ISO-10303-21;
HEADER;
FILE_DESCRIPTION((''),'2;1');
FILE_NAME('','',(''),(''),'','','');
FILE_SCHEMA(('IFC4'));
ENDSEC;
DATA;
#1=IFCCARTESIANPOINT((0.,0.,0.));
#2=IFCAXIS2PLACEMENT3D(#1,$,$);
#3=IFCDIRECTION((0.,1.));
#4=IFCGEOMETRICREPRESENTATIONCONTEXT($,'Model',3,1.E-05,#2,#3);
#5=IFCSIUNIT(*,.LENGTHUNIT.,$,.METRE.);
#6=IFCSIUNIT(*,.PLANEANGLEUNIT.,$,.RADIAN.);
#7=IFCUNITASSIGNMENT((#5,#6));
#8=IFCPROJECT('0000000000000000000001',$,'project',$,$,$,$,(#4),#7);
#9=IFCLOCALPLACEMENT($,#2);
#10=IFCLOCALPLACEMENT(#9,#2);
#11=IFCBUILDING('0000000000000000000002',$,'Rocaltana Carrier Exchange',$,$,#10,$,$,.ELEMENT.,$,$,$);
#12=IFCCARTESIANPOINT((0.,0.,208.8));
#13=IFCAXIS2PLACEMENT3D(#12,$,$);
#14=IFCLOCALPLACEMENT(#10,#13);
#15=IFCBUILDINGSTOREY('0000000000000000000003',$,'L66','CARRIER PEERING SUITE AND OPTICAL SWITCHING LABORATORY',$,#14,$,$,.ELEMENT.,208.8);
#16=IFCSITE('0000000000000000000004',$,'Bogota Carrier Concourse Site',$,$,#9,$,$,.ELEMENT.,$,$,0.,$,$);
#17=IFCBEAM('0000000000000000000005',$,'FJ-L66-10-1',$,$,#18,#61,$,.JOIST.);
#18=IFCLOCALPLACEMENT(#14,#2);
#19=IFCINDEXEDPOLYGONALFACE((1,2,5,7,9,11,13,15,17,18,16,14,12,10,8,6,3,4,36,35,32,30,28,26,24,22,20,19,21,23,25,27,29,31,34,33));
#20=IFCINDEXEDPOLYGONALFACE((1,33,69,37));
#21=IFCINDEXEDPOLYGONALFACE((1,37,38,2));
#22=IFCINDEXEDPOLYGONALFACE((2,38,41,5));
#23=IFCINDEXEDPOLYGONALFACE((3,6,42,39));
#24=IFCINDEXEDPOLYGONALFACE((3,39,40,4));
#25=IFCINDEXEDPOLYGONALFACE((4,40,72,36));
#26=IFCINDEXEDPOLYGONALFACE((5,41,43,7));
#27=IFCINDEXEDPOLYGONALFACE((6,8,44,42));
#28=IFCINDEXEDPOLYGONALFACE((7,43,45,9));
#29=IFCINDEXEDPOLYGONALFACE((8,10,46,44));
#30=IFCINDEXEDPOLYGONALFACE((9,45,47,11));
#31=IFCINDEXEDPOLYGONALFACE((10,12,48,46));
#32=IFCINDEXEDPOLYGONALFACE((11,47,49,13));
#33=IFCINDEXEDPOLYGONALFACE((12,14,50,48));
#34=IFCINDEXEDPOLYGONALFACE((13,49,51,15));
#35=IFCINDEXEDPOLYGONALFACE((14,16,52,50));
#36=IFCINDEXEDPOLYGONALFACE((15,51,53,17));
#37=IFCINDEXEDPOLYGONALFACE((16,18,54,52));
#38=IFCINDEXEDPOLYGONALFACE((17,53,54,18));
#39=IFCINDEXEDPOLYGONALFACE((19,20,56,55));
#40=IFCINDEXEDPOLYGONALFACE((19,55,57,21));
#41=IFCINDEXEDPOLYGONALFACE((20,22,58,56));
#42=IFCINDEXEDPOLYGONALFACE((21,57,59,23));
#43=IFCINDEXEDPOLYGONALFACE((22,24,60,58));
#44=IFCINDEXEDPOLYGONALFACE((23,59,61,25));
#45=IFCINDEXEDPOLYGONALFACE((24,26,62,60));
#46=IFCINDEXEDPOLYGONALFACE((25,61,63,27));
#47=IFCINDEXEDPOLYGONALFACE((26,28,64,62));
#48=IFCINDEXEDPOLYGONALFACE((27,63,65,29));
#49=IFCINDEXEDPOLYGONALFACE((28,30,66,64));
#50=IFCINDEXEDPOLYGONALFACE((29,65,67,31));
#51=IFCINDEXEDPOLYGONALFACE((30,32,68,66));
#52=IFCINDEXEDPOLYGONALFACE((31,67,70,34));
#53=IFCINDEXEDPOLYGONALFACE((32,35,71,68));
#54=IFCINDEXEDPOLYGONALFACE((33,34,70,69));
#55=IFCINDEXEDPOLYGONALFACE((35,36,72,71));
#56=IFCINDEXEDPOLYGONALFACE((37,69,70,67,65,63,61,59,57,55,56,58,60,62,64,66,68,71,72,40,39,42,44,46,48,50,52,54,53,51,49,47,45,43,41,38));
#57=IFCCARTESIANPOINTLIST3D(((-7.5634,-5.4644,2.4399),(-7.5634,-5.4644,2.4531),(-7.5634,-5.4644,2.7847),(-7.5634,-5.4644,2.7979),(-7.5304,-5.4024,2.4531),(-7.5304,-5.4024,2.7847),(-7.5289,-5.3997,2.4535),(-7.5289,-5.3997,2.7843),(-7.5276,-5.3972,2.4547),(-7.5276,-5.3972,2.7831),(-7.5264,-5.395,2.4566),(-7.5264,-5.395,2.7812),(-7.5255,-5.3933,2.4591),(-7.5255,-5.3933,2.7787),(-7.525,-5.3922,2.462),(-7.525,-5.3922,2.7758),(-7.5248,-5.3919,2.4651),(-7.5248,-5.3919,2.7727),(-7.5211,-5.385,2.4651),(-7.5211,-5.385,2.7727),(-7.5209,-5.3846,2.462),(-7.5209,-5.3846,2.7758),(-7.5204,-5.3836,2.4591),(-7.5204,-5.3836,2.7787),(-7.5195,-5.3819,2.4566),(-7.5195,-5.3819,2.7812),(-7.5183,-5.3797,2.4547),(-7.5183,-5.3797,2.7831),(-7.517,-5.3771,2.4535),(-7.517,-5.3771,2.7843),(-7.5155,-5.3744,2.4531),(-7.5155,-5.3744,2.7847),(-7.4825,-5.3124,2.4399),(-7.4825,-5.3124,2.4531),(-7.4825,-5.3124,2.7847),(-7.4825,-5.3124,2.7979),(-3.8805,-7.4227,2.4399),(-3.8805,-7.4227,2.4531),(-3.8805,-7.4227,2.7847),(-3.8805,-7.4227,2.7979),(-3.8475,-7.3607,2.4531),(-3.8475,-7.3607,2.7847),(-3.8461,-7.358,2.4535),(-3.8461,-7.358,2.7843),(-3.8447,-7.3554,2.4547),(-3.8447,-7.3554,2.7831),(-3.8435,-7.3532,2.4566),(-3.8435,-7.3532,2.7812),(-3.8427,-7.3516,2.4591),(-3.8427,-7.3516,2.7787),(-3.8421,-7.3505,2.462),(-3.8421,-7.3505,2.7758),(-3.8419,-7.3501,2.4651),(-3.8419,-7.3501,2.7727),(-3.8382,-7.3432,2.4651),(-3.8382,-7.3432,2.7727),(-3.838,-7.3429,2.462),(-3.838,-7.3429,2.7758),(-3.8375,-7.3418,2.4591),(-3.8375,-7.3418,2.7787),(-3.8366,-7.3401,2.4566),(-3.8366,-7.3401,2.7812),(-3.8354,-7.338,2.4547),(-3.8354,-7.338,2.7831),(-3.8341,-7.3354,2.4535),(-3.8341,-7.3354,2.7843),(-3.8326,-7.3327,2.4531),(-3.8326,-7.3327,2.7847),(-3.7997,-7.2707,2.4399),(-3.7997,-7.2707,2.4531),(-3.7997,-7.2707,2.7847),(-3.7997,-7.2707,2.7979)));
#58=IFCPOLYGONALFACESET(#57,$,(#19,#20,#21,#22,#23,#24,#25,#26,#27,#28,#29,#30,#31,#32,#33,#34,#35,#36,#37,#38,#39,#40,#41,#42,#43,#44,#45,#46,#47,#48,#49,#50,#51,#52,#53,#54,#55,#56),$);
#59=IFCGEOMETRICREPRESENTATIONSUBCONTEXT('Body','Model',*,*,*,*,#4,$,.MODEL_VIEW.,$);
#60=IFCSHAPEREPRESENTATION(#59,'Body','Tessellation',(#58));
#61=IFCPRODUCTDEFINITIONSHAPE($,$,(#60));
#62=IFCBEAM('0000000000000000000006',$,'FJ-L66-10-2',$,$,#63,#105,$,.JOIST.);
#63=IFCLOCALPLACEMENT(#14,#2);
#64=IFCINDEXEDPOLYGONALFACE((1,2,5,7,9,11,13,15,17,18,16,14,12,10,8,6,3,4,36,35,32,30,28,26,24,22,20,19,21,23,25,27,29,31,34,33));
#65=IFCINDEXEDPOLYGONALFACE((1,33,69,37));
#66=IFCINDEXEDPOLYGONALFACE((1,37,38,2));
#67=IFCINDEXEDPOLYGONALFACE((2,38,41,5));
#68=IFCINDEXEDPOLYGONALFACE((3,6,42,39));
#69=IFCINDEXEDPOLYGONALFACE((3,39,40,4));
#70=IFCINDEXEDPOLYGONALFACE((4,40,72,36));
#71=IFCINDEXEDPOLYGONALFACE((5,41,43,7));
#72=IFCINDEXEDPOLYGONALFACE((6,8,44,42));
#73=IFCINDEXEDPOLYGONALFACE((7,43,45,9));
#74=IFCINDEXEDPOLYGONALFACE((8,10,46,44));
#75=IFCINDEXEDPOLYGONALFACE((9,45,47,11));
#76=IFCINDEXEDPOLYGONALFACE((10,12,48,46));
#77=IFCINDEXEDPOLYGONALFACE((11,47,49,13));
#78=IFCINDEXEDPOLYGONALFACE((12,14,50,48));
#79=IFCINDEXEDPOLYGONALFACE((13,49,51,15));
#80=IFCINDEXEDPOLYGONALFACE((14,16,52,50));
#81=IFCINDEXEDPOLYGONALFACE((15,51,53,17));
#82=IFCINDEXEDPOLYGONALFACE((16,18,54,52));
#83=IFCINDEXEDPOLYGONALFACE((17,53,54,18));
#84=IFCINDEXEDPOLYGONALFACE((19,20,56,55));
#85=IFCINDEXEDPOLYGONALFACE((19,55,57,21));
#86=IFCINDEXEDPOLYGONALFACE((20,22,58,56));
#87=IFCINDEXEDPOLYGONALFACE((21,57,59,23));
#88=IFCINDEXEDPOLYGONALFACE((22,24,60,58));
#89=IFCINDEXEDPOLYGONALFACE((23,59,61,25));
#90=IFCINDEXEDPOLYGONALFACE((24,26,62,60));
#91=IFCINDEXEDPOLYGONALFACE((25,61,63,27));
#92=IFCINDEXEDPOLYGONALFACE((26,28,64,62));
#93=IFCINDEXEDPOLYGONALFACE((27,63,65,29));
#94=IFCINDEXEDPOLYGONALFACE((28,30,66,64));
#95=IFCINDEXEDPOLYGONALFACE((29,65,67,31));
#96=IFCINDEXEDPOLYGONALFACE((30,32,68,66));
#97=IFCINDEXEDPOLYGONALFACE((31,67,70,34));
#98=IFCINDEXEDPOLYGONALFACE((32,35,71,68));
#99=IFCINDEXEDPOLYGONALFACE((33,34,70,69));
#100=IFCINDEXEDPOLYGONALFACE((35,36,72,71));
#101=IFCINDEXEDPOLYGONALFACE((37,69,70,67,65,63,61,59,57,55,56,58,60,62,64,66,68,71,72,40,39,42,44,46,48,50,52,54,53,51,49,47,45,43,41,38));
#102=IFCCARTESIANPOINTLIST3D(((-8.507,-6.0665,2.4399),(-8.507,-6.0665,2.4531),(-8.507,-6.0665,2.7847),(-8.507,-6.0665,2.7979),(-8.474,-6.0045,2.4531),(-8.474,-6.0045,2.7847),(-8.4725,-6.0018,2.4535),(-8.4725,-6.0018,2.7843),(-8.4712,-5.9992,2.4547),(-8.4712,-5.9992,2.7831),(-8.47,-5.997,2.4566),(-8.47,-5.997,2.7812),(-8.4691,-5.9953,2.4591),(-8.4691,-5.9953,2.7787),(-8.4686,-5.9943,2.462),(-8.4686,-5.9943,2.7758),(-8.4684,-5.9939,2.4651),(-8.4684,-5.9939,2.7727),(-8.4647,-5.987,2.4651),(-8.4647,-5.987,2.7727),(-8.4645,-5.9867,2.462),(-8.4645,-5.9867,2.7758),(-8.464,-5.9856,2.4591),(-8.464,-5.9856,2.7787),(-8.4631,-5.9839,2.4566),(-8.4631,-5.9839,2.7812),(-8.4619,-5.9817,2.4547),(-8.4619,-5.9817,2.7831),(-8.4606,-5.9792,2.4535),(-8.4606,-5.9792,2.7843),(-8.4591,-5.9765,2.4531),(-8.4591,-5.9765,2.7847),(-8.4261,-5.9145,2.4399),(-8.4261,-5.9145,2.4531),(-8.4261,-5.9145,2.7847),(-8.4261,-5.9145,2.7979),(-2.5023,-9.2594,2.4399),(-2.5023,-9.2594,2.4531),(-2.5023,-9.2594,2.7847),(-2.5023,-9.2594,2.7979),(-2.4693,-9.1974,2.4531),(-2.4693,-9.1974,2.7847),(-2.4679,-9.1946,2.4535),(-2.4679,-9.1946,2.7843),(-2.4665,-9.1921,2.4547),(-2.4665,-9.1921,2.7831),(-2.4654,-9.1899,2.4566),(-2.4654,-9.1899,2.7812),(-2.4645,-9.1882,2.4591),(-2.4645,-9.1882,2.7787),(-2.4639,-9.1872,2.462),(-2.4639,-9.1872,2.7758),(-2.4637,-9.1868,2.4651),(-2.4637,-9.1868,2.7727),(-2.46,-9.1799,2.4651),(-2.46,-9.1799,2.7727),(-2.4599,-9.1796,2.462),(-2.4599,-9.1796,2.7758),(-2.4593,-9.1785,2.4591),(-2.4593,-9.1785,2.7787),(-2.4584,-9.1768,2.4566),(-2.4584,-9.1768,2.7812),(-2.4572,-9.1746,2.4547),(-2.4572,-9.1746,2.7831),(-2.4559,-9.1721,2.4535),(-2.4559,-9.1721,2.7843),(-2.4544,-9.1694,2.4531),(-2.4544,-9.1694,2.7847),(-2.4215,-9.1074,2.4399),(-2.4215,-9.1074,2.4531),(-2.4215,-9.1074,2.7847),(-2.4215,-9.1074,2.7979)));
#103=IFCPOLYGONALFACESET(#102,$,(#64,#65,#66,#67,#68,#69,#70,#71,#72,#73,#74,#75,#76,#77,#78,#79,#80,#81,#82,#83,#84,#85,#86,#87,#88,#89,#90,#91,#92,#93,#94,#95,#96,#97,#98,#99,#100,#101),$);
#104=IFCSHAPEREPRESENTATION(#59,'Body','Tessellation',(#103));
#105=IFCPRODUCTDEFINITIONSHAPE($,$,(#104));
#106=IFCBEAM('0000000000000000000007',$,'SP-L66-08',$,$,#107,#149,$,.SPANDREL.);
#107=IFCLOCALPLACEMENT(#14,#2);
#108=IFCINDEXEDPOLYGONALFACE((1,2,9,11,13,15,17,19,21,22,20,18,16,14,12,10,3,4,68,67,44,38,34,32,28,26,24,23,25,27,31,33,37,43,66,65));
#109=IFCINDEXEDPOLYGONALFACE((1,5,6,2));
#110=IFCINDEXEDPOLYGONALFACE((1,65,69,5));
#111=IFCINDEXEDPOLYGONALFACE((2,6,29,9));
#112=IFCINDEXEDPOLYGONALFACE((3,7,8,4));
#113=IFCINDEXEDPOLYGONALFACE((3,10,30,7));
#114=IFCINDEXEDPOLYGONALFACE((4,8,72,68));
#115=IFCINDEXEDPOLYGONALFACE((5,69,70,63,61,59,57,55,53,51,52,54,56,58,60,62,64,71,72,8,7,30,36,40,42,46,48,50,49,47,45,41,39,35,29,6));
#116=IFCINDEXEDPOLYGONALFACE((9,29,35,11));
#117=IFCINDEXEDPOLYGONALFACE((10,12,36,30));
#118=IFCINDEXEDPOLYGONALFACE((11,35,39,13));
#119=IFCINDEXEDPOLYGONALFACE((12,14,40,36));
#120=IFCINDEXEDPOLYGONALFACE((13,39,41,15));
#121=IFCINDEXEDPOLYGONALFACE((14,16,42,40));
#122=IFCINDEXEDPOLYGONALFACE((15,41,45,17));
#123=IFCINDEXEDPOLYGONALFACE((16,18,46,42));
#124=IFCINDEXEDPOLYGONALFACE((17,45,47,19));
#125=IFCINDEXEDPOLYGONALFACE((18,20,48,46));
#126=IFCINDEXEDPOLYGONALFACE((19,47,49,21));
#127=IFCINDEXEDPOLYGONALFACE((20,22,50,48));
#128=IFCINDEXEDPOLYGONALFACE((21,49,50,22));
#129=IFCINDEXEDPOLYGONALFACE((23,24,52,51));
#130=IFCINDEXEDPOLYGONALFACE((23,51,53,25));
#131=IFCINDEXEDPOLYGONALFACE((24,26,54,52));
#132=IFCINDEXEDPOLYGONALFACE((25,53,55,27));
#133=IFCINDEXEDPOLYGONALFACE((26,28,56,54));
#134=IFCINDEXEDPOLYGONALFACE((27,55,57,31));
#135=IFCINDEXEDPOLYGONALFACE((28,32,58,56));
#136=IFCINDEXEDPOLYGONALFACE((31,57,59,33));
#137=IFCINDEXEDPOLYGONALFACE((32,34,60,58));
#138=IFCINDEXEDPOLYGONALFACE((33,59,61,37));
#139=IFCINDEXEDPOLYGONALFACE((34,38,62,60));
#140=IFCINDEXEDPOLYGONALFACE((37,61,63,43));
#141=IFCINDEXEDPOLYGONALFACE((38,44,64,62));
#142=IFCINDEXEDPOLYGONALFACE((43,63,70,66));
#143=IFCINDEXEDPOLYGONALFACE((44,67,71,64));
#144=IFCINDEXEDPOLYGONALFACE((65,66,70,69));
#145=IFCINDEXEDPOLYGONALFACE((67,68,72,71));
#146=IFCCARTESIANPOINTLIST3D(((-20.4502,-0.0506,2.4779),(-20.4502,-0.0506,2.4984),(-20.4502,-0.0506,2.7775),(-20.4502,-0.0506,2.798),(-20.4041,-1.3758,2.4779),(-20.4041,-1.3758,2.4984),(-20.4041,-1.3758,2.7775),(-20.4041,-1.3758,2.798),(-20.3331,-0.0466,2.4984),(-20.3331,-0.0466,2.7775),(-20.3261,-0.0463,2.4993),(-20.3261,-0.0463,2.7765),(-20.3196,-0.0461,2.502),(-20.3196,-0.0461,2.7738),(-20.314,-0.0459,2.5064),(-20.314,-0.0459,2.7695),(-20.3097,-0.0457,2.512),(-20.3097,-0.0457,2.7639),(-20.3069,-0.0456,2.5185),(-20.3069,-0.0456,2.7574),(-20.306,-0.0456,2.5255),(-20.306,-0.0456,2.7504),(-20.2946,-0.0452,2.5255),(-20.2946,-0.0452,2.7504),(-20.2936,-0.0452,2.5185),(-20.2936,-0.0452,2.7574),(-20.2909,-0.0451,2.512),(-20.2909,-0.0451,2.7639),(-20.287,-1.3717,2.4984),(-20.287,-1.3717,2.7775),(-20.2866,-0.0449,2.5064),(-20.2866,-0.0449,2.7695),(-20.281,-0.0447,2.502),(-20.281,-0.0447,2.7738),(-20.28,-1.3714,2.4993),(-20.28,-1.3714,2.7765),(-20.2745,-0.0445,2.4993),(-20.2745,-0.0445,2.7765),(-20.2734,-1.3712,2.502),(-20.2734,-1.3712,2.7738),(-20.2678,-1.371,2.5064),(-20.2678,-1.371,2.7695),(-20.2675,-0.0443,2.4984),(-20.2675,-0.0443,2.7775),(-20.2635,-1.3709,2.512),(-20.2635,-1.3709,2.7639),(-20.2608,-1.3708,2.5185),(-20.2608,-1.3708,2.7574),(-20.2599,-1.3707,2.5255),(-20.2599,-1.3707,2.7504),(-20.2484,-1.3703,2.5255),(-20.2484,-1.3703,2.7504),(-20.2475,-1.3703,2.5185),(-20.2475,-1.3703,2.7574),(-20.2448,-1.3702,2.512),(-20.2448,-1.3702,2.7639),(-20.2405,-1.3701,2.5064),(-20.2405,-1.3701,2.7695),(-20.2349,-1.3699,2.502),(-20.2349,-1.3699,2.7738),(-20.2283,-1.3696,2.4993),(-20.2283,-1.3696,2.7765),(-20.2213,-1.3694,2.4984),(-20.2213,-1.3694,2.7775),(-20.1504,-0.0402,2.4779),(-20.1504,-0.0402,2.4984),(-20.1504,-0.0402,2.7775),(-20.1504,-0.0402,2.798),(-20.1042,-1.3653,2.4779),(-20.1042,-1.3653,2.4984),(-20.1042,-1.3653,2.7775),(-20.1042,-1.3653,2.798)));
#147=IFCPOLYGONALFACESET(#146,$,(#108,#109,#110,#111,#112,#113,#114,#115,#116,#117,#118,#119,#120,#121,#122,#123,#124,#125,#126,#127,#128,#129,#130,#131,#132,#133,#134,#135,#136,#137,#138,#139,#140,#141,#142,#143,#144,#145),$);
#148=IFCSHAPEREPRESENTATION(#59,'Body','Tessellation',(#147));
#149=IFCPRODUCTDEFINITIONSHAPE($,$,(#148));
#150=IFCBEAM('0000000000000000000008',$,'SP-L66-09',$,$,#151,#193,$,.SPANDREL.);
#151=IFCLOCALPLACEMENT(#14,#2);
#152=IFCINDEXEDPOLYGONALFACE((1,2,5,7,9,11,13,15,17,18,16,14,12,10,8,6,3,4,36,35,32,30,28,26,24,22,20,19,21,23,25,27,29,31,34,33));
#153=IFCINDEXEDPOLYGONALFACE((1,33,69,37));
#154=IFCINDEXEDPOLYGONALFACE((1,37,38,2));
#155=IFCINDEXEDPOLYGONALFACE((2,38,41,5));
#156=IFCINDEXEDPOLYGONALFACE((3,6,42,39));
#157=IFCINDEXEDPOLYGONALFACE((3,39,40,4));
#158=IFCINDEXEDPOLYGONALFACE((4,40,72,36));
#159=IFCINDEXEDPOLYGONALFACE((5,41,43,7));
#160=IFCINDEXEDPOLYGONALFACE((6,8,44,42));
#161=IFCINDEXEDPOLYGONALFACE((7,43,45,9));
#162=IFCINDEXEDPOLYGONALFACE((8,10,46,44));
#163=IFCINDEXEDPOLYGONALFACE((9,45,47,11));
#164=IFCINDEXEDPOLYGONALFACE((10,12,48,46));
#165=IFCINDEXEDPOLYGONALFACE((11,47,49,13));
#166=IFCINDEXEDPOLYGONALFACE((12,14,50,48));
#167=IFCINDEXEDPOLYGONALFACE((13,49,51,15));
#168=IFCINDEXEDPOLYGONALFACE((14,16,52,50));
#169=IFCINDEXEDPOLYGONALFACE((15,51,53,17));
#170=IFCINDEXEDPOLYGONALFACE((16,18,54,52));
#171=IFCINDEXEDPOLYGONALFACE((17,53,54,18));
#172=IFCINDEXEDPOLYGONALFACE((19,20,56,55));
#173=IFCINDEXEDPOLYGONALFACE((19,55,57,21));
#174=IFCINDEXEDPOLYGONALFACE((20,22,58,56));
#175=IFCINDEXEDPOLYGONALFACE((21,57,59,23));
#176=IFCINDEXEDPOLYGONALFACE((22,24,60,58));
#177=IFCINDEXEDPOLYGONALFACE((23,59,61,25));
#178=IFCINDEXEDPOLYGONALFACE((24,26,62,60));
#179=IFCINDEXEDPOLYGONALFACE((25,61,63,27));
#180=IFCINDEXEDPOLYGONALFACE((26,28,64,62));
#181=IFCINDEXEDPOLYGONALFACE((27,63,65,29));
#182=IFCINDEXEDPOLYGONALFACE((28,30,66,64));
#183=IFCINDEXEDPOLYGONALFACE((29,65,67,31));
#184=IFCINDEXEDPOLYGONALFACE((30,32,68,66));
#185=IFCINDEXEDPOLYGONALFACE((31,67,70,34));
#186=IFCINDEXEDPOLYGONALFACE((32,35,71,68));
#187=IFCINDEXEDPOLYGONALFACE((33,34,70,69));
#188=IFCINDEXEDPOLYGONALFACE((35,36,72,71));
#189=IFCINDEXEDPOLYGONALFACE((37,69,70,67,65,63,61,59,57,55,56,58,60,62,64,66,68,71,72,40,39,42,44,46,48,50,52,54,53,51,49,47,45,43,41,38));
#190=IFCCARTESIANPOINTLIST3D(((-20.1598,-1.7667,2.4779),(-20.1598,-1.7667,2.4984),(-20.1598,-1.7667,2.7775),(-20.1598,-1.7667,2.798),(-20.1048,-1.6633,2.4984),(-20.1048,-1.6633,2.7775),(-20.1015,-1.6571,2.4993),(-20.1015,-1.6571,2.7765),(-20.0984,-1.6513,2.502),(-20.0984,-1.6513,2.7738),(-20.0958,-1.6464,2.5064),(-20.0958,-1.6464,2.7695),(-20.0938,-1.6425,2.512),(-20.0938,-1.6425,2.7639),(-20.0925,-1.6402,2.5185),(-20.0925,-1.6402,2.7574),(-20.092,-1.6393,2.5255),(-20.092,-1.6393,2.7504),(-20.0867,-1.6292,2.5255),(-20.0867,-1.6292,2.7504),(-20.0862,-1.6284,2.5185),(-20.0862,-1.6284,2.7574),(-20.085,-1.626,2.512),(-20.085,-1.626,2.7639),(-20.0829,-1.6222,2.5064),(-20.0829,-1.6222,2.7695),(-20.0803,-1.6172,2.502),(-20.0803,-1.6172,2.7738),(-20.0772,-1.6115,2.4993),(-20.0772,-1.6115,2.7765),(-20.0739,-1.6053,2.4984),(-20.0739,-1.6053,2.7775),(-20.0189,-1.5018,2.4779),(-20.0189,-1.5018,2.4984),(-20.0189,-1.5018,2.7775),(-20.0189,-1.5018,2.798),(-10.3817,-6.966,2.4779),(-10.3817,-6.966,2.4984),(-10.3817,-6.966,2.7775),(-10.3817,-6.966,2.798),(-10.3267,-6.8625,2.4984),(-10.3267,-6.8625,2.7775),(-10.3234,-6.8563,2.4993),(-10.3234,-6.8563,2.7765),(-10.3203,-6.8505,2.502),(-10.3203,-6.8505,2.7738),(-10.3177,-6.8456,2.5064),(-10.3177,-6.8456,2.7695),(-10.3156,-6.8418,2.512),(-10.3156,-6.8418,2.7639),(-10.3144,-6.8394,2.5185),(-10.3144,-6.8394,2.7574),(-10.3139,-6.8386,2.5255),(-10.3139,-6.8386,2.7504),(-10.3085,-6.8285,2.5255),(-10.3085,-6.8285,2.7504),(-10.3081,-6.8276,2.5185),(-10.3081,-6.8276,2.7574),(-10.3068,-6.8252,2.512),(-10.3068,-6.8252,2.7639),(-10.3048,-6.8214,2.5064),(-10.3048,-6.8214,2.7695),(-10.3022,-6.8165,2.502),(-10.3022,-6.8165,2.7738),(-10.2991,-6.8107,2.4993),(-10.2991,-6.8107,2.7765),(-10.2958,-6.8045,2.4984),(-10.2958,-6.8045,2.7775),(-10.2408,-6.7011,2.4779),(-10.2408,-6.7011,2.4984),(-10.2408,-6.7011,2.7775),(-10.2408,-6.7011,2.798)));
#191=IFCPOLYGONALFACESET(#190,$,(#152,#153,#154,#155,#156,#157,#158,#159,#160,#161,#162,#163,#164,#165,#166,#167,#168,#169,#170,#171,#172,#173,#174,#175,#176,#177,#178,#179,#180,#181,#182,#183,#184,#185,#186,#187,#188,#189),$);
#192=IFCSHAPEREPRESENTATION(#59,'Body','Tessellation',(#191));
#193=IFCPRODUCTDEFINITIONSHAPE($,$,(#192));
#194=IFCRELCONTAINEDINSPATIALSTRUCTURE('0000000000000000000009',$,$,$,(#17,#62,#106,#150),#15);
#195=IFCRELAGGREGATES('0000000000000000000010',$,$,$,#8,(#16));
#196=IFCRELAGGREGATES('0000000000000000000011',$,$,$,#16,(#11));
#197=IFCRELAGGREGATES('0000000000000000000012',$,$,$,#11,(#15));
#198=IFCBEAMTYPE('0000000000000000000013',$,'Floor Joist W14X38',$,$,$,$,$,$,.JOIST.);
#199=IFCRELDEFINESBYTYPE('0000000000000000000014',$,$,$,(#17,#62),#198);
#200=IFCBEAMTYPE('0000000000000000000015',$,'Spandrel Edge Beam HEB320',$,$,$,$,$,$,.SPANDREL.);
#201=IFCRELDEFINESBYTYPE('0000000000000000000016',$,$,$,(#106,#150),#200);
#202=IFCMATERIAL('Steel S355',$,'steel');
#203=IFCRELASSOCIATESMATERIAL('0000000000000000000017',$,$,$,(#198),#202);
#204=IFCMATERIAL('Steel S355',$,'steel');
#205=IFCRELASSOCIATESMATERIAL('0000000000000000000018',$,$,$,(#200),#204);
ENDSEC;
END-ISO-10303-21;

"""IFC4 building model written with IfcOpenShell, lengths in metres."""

from ifc_helpers import new_model, si_unit, direction, frame, origin, origin_2d, place, context, subcontext, project, spatial, i_section, extrude, material, material_profile, profile_set, type_object, element, save


model = new_model("IFC4")

# Units and contexts
model_context = context("Model", 3, precision=1e-05, world=origin(), true_north=direction((0.0, 1.0)))
body_context = subcontext(model_context, "Body", "Model", "MODEL_VIEW")
ifc_project = project(units=[si_unit("LENGTHUNIT", "METRE"), si_unit("PLANEANGLEUNIT", "RADIAN")], contexts=[model_context])

# Site, building, storey
site_placement = place(None, origin())
site = spatial("IfcSite", under=ifc_project, at=site_placement, Name="Bogota Carrier Concourse Site", CompositionType="ELEMENT", RefElevation=0.0)
building_placement = place(site_placement, origin())
building = spatial("IfcBuilding", under=site, at=building_placement, Name="Rocaltana Carrier Exchange", CompositionType="ELEMENT")
storey_placement = place(building_placement, frame((0.0, 0.0, 208.8)))
storey = spatial("IfcBuildingStorey", under=building, at=storey_placement, Name="L66", Description="CARRIER PEERING SUITE AND OPTICAL SWITCHING LABORATORY", CompositionType="ELEMENT", Elevation=208.8)

# Beams
ifc_material_1 = material(Name="Steel S355", Category="steel")
ifc_material_profile_1 = material_profile(ifc_material_1, i_section(OverallWidth=0.1721, OverallDepth=0.3579, WebThickness=0.0078, FlangeThickness=0.0132, FilletRadius=0.012, at=origin_2d()), Name="W14X38")
ifc_profile_set_1 = profile_set([ifc_material_profile_1], Name="Steel S355")
beam_type_1 = type_object("IfcBeamType", Name="Floor Joist W14X38", PredefinedType="JOIST", material=ifc_profile_set_1)
beam_1_placement = place(storey_placement, frame((-7.5229, -5.3884, 2.6189), z_axis=(0.882944, -0.469479, 0.0), x_axis=(0.469479, 0.882944, 0.0)))
element("IfcBeam", 1, at=beam_1_placement, inside=storey, type_object=beam_type_1, Name="FJ-L66-10-1", PredefinedType="JOIST", context=body_context, shape_type="SweptSolid", body=[
    extrude(i_section(OverallWidth=0.1721, OverallDepth=0.3579, WebThickness=0.0078, FlangeThickness=0.0132, FilletRadius=0.012, at=origin_2d()), origin(), (0.0, 0.0, 1.0), 4.1711),
])
beam_2_placement = place(storey_placement, frame((-8.4666, -5.9905, 2.6189), z_axis=(0.882939, -0.469489, 0.0), x_axis=(0.469489, 0.882939, 0.0)))
element("IfcBeam", 2, at=beam_2_placement, inside=storey, type_object=beam_type_1, Name="FJ-L66-10-2", PredefinedType="JOIST", context=body_context, shape_type="SweptSolid", body=[
    extrude(i_section(OverallWidth=0.1721, OverallDepth=0.3579, WebThickness=0.0078, FlangeThickness=0.0132, FilletRadius=0.012, at=origin_2d()), origin(), (0.0, 0.0, 1.0), 6.8008),
])
ifc_material_2 = material(Name="Steel S355", Category="steel")
ifc_material_profile_2 = material_profile(ifc_material_2, i_section(OverallWidth=0.3, OverallDepth=0.3201, WebThickness=0.0115, FlangeThickness=0.0205, FilletRadius=0.0271, at=origin_2d()), Name="HEB320")
ifc_profile_set_2 = profile_set([ifc_material_profile_2], Name="Steel S355")
beam_type_2 = type_object("IfcBeamType", Name="Spandrel Edge Beam HEB320", PredefinedType="SPANDREL", material=ifc_profile_set_2)
beam_3_placement = place(storey_placement, frame((-20.3003, -0.0454, 2.6379), z_axis=(0.034798, -0.999394, 0.0), x_axis=(0.999394, 0.034798, 0.0)))
element("IfcBeam", 3, at=beam_3_placement, inside=storey, type_object=beam_type_2, Name="SP-L66-08", PredefinedType="SPANDREL", context=body_context, shape_type="SweptSolid", body=[
    extrude(i_section(OverallWidth=0.3, OverallDepth=0.3201, WebThickness=0.0115, FlangeThickness=0.0205, FilletRadius=0.0271, at=origin_2d()), origin(), (0.0, 0.0, 1.0), 1.3259),
])
beam_4_placement = place(storey_placement, frame((-20.0894, -1.6343, 2.6379), z_axis=(0.882943, -0.46948, 0.0), x_axis=(0.46948, 0.882943, 0.0)))
element("IfcBeam", 4, at=beam_4_placement, inside=storey, type_object=beam_type_2, Name="SP-L66-09", PredefinedType="SPANDREL", context=body_context, shape_type="SweptSolid", body=[
    extrude(i_section(OverallWidth=0.3, OverallDepth=0.3201, WebThickness=0.0115, FlangeThickness=0.0205, FilletRadius=0.0271, at=origin_2d()), origin(), (0.0, 0.0, 1.0), 11.0745),
])

save(model, "model.ifc")
